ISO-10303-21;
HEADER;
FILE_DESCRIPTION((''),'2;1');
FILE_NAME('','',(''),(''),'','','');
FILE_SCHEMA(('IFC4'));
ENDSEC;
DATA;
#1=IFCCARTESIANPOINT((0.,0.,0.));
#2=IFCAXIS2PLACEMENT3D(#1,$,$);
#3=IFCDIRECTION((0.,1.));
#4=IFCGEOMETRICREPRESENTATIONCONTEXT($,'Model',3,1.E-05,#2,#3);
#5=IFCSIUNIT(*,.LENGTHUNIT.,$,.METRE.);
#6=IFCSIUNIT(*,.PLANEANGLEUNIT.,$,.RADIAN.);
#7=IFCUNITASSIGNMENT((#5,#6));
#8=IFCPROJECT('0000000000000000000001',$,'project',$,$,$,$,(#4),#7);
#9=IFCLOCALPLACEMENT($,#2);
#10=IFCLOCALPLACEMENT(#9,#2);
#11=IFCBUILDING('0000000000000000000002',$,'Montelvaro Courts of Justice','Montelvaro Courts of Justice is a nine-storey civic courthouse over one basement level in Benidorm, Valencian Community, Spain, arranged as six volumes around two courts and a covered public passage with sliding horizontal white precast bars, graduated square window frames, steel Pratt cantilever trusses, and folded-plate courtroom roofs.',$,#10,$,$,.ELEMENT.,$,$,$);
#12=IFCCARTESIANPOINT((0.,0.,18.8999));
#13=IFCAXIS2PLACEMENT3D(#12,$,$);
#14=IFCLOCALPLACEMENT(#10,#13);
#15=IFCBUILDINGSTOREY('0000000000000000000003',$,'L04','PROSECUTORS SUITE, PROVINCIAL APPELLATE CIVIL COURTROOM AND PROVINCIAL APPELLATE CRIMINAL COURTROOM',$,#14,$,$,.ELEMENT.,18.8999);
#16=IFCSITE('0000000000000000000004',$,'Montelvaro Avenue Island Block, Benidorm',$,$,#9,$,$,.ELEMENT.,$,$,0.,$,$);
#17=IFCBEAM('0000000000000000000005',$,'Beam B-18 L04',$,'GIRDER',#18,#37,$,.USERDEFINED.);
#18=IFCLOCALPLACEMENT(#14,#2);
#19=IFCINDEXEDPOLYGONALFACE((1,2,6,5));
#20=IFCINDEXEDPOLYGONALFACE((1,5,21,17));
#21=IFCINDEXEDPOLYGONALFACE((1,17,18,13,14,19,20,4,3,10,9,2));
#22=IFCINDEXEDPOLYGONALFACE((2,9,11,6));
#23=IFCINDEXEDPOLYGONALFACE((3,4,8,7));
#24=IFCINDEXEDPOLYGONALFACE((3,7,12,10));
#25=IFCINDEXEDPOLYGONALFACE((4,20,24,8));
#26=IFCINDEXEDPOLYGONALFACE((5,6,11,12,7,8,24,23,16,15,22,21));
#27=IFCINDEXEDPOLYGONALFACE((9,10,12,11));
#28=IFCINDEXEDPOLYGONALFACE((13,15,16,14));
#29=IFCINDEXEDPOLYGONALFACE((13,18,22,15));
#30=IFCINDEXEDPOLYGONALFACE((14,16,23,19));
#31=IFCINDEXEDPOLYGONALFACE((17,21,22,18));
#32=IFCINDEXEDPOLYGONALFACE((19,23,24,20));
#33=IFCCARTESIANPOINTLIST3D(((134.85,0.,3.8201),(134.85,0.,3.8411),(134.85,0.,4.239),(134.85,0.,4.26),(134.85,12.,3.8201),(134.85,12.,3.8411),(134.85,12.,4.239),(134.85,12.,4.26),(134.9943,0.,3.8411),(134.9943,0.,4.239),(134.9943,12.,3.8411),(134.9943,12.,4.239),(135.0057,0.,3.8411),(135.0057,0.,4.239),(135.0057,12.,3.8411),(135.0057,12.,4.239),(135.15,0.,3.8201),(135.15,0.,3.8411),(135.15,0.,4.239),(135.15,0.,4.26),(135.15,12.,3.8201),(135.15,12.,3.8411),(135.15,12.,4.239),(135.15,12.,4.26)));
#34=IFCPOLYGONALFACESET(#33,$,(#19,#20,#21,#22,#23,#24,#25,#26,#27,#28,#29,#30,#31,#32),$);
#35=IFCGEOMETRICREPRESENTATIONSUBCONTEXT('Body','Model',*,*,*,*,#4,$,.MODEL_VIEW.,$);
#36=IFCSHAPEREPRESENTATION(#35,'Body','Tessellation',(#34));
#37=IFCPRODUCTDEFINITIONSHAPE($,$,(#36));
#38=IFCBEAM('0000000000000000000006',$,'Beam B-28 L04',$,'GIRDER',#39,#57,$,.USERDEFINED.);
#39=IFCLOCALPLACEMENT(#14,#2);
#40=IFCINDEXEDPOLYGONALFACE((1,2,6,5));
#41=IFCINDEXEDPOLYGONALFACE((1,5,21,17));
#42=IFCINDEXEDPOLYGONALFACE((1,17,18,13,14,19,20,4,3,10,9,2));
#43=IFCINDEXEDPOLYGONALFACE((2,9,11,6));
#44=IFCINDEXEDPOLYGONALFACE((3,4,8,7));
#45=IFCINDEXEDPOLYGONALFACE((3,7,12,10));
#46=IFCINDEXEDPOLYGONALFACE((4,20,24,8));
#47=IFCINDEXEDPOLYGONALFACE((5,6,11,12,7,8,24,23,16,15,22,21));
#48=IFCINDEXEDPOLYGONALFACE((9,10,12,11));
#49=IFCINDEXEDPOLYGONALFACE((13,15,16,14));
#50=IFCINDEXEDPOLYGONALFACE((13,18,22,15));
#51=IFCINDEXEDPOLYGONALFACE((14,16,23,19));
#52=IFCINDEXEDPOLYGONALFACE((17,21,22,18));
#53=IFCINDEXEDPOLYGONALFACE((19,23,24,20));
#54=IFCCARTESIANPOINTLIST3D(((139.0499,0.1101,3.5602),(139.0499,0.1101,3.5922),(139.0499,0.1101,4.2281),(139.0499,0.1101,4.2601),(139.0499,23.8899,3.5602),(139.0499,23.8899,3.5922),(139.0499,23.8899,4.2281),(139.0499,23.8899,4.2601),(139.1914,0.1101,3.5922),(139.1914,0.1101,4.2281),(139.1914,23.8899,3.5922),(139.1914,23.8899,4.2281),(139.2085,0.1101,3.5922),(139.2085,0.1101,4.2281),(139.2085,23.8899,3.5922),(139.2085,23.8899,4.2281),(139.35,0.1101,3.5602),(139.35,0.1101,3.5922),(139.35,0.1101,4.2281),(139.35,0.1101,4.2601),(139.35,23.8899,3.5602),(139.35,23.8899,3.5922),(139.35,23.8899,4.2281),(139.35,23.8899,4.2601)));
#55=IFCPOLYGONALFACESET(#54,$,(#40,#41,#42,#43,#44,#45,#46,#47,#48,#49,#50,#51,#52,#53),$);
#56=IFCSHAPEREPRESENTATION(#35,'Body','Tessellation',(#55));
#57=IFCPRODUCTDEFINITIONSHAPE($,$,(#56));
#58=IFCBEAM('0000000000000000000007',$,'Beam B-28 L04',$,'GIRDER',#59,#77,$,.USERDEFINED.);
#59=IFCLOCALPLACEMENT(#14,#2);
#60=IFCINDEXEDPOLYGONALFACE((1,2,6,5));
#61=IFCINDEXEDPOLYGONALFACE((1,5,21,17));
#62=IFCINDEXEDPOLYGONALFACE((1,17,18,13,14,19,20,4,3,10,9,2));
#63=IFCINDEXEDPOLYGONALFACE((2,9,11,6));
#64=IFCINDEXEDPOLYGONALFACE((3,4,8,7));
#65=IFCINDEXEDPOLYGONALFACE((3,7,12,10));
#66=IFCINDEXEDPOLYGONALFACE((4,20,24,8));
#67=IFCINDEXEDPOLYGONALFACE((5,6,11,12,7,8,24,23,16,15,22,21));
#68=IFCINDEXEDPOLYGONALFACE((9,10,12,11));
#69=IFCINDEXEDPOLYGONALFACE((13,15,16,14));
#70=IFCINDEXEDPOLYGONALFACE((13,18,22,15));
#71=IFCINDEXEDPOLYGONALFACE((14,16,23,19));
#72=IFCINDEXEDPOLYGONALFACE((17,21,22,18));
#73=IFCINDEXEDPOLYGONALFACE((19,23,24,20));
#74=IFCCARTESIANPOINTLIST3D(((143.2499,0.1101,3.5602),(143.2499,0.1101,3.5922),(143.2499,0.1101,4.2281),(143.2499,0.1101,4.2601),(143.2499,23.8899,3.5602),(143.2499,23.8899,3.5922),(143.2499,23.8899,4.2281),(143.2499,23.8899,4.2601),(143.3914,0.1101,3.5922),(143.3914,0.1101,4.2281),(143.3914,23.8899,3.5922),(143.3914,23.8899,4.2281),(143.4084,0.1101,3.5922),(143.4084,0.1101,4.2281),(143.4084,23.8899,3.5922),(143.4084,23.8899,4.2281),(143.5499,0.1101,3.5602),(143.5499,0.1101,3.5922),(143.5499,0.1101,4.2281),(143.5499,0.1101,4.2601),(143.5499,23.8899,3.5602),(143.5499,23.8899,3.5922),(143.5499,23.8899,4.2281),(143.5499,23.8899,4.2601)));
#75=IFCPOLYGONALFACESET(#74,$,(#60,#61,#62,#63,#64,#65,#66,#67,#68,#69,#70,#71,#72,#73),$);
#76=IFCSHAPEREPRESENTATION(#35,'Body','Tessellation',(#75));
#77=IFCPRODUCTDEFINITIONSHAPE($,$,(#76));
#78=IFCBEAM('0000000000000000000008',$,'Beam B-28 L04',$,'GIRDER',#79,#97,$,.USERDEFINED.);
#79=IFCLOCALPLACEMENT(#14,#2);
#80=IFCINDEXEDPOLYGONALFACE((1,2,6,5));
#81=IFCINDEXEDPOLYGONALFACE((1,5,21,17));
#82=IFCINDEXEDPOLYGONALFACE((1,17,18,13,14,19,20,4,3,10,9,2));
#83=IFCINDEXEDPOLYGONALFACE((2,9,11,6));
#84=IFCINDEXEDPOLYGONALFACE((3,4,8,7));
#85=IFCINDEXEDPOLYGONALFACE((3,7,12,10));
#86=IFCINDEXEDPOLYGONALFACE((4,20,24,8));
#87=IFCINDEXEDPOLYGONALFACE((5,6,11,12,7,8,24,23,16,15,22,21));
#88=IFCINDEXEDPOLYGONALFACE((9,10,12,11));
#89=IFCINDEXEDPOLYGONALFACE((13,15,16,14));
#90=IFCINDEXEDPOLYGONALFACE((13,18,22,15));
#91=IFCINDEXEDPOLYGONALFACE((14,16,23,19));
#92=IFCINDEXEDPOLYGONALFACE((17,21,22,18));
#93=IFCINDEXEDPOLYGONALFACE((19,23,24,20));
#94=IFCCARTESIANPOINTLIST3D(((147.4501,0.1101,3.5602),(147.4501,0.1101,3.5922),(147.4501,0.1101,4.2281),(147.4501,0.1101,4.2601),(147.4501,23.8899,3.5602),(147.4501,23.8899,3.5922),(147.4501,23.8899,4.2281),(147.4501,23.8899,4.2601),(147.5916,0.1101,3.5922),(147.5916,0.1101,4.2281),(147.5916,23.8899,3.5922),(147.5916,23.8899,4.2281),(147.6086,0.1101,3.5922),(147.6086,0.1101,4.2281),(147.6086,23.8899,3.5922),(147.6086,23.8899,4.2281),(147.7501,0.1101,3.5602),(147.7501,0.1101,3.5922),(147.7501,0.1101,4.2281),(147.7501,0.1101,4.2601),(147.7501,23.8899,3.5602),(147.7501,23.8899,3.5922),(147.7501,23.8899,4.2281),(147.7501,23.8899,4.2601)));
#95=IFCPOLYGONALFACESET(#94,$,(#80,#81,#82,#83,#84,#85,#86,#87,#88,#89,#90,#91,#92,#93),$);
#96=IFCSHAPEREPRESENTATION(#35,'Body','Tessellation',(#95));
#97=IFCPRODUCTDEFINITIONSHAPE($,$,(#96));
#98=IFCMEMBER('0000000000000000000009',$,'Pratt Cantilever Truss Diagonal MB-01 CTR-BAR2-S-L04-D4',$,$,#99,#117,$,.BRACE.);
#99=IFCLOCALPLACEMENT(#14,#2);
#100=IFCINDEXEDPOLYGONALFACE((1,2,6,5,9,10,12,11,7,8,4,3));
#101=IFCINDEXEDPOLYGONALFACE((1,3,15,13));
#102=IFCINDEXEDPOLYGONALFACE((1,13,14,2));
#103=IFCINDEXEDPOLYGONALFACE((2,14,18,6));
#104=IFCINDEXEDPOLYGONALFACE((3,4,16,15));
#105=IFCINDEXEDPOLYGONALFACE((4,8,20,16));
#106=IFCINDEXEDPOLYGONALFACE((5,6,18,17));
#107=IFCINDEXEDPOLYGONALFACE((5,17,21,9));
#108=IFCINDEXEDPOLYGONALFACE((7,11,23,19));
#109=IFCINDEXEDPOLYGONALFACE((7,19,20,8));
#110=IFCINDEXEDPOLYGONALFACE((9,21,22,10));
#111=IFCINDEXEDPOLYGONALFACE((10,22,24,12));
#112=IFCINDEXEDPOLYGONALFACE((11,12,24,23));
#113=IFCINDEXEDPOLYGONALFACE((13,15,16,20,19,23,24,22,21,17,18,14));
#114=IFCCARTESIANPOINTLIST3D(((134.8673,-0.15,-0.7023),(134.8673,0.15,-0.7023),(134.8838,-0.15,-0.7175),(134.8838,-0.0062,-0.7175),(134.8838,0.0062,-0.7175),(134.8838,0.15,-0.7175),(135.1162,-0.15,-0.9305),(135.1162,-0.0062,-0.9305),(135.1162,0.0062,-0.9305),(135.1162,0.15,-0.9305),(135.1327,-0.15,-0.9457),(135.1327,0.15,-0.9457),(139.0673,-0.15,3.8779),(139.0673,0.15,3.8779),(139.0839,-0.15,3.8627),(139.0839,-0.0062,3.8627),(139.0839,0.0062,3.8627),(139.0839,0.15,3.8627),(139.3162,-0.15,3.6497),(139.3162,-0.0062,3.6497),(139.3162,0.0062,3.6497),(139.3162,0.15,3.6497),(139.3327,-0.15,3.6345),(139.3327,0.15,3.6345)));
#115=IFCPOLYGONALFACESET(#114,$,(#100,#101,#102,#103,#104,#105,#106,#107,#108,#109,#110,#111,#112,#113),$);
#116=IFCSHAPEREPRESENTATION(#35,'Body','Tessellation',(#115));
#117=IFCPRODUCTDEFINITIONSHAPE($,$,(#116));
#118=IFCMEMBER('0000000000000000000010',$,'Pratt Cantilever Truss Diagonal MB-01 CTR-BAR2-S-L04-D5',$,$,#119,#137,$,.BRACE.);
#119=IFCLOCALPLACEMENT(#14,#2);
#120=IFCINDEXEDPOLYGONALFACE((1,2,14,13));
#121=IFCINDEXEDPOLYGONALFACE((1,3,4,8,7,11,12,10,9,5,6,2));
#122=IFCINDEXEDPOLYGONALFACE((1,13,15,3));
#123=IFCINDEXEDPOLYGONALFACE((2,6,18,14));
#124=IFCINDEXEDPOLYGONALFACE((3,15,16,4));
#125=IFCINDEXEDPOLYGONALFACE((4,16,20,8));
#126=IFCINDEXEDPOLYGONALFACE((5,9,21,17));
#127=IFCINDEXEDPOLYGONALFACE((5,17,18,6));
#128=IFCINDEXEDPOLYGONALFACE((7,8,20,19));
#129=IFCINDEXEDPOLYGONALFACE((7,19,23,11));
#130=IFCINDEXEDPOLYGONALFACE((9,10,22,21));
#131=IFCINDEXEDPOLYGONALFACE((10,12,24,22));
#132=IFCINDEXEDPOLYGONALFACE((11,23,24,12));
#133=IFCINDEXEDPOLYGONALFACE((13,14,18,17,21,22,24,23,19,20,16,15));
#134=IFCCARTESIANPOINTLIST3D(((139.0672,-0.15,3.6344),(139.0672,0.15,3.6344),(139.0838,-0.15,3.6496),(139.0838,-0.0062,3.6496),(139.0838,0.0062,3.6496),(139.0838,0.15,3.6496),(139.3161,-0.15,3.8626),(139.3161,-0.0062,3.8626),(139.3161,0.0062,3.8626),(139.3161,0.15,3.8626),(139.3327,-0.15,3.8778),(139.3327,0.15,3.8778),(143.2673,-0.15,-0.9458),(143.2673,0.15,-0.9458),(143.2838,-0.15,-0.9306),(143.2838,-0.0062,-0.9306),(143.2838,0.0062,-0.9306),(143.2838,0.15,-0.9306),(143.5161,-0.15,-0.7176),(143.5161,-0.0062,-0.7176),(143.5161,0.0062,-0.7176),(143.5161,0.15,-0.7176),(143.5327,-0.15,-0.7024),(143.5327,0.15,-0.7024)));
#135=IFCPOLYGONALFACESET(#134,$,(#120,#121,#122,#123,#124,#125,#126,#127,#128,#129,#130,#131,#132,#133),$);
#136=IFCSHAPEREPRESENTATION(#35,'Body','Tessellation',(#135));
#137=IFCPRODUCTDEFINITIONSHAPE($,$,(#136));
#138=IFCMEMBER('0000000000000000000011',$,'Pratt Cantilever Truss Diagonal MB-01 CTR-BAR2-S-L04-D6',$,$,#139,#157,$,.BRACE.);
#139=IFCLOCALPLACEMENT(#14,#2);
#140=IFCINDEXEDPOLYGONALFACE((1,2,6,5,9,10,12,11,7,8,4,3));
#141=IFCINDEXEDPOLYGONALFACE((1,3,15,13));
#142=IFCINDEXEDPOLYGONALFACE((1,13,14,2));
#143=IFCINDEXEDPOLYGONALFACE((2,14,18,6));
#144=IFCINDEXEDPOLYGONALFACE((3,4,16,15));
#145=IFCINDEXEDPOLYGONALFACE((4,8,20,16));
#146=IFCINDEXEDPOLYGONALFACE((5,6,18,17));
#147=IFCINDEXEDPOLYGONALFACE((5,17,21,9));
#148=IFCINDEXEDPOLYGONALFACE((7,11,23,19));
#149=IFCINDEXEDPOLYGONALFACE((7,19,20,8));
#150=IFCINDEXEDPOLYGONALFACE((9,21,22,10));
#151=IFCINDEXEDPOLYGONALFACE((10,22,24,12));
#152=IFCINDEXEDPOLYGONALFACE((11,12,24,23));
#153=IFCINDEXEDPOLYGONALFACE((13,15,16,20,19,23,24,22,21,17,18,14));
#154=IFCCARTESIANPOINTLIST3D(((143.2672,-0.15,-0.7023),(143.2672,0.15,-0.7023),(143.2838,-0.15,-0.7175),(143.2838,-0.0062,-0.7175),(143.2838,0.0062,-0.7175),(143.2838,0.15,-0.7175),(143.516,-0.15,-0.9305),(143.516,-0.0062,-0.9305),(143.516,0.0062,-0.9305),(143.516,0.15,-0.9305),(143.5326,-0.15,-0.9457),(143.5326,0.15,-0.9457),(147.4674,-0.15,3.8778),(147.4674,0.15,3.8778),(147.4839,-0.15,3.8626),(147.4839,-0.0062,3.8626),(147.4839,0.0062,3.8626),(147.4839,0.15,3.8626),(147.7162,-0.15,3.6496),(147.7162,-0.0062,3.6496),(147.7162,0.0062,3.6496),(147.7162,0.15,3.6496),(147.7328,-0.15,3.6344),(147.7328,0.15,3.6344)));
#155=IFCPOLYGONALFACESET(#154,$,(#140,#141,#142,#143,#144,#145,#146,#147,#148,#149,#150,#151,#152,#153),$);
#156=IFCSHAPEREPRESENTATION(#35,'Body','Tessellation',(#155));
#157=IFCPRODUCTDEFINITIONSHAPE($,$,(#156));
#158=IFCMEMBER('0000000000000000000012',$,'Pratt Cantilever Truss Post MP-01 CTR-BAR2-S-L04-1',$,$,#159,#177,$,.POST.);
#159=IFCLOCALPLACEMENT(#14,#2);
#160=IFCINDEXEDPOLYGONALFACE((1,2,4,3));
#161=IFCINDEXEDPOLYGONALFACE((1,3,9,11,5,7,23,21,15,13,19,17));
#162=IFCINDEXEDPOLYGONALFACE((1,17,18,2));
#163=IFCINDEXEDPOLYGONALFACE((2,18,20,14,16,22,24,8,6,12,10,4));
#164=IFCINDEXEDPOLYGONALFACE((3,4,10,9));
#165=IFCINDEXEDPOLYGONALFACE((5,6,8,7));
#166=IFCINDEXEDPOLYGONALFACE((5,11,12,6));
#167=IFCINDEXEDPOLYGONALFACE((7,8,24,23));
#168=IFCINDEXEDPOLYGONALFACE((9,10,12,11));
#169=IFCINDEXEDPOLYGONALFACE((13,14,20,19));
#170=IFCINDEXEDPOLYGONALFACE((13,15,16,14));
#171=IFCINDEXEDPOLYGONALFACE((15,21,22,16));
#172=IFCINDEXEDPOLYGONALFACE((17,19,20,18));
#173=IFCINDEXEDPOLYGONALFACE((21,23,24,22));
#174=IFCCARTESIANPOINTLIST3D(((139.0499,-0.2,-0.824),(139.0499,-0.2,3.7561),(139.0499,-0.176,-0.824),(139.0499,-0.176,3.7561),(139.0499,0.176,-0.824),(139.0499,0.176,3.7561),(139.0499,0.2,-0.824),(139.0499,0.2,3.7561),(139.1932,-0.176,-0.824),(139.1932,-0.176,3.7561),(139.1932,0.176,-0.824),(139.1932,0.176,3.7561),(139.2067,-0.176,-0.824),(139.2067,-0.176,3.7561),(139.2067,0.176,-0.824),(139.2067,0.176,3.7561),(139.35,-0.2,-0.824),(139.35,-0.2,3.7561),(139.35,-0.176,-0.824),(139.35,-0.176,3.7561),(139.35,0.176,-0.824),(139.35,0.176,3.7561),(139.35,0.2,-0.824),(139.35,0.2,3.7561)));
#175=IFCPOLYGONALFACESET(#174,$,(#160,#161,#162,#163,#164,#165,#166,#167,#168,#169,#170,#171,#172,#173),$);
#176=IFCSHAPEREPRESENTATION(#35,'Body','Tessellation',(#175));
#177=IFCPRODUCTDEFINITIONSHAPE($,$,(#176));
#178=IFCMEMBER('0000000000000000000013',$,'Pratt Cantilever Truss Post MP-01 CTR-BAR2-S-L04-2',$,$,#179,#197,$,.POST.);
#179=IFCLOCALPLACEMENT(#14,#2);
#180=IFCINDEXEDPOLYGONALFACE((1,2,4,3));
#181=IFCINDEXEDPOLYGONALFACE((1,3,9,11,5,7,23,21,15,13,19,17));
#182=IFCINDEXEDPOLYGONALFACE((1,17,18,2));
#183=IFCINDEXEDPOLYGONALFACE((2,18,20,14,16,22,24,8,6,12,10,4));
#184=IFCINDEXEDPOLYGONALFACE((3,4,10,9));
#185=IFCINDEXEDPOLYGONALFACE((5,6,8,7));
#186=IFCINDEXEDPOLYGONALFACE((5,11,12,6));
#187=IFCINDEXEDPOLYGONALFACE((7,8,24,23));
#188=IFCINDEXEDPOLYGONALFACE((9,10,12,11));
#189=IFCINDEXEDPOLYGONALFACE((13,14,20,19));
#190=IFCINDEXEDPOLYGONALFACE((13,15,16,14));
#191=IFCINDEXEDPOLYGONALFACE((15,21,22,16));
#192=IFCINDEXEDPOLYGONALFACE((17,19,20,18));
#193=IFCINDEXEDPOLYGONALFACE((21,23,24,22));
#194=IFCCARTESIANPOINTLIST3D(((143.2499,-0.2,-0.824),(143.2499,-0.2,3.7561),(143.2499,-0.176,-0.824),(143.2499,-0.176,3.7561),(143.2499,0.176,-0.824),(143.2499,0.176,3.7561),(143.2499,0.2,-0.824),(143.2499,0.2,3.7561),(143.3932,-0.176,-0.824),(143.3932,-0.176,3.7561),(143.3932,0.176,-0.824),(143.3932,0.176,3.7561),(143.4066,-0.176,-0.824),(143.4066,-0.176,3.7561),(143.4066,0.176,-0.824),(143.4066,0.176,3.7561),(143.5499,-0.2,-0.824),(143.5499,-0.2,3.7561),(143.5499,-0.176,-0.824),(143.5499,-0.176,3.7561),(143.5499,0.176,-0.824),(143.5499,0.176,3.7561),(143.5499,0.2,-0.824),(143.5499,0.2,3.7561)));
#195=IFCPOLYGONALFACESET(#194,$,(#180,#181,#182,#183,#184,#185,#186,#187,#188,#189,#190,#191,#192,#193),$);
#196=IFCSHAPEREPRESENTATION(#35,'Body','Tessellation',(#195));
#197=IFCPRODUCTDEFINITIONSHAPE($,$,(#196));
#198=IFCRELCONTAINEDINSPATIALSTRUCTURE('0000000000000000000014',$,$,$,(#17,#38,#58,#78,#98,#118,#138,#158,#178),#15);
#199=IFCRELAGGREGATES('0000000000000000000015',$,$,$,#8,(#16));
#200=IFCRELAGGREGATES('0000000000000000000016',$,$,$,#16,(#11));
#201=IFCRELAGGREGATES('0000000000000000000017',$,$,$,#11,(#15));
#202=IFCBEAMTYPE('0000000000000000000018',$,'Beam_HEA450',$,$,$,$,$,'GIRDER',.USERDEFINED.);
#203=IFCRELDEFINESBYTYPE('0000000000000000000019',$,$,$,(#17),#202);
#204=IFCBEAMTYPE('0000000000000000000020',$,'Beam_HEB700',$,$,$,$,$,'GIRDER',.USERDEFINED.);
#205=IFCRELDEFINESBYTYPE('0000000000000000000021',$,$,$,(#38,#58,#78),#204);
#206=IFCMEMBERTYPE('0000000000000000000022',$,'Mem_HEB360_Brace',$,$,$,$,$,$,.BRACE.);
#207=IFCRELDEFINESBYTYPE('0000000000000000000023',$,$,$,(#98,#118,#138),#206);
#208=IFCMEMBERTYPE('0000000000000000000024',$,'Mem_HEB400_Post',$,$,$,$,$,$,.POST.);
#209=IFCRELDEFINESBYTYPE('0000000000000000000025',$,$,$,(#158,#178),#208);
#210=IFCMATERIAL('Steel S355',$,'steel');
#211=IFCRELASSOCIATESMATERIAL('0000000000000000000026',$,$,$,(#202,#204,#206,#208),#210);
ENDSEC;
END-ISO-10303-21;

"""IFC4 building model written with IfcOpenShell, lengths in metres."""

from ifc_helpers import new_model, si_unit, direction, frame, origin, origin_2d, place, context, subcontext, project, spatial, i_section, extrude, material, material_profile, profile_set, type_object, element, save


model = new_model("IFC4")

# Units and contexts
model_context = context("Model", 3, precision=1e-05, world=origin(), true_north=direction((0.0, 1.0)))
body_context = subcontext(model_context, "Body", "Model", "MODEL_VIEW")
ifc_project = project(units=[si_unit("LENGTHUNIT", "METRE"), si_unit("PLANEANGLEUNIT", "RADIAN")], contexts=[model_context])

# Site, building, storey
site_placement = place(None, origin())
site = spatial("IfcSite", under=ifc_project, at=site_placement, Name="Montelvaro Avenue Island Block, Benidorm", CompositionType="ELEMENT", RefElevation=0.0)
building_placement = place(site_placement, origin())
building = spatial("IfcBuilding", under=site, at=building_placement, Name="Montelvaro Courts of Justice", Description="Montelvaro Courts of Justice is a nine-storey civic courthouse over one basement level in Benidorm, Valencian Community, Spain, arranged as six volumes around two courts and a covered public passage with sliding horizontal white precast bars, graduated square window frames, steel Pratt cantilever trusses, and folded-plate courtroom roofs.", CompositionType="ELEMENT")
storey_placement = place(building_placement, frame((0.0, 0.0, 18.8999)))
storey = spatial("IfcBuildingStorey", under=building, at=storey_placement, Name="L04", Description="PROSECUTORS SUITE, PROVINCIAL APPELLATE CIVIL COURTROOM AND PROVINCIAL APPELLATE CRIMINAL COURTROOM", CompositionType="ELEMENT", Elevation=18.8999)

# Beams
ifc_material_1 = material(Name="Steel S355", Category="steel")
ifc_material_profile_1 = material_profile(ifc_material_1, i_section(OverallWidth=0.3, OverallDepth=0.4399, WebThickness=0.0115, FlangeThickness=0.021, at=origin_2d()), Name="HEA 450")
ifc_profile_set_1 = profile_set([ifc_material_profile_1], Name="Steel S355")
beam_type_1 = type_object("IfcBeamType", Name="Beam_HEA450", ElementType="GIRDER", PredefinedType="USERDEFINED", material=ifc_profile_set_1)
beam_placement = place(storey_placement, frame((135.0, 0.0, 4.04), z_axis=(0.0, 1.0, 0.0), x_axis=(-1.0, 0.0, 0.0)))
element("IfcBeam", 1, at=beam_placement, inside=storey, type_object=beam_type_1, Name="Beam B-18 L04", ObjectType="GIRDER", PredefinedType="USERDEFINED", context=body_context, shape_type="SweptSolid", body=[
    extrude(i_section(OverallWidth=0.3, OverallDepth=0.4399, WebThickness=0.0115, FlangeThickness=0.021, at=origin_2d()), origin(), (0.0, 0.0, 1.0), 12.0),
])
ifc_material_profile_2 = material_profile(ifc_material_1, i_section(OverallWidth=0.3, OverallDepth=0.7, WebThickness=0.0171, FlangeThickness=0.032, at=origin_2d()), Name="HEB 700")
ifc_profile_set_2 = profile_set([ifc_material_profile_2], Name="Steel S355")
beam_type_2 = type_object("IfcBeamType", Name="Beam_HEB700", ElementType="GIRDER", PredefinedType="USERDEFINED", material=ifc_profile_set_2)
for number, where, z_axis, x_axis, name in (
    (2, (139.2, 0.1101, 3.9102), (0.0, 1.0, 0.0), (-1.0, 0.0, 0.0), "Beam B-28 L04"),
    (3, (143.3999, 0.1101, 3.9102), (0.0, 1.0, 0.0), (-1.0, 0.0, 0.0), "Beam B-28 L04"),
    (4, (147.6001, 0.1101, 3.9102), (0.0, 1.0, 0.0), (-1.0, 0.0, 0.0), "Beam B-28 L04"),
):
    element("IfcBeam", number, at=place(storey_placement, frame(where, z_axis=z_axis, x_axis=x_axis)), inside=storey, type_object=beam_type_2, Name=name, ObjectType="GIRDER", PredefinedType="USERDEFINED", context=body_context, shape_type="SweptSolid", body=[
        extrude(i_section(OverallWidth=0.3, OverallDepth=0.7, WebThickness=0.0171, FlangeThickness=0.032, at=origin_2d()), origin(), (0.0, 0.0, 1.0), 23.7798),
    ])

# Members
ifc_material_profile_3 = material_profile(ifc_material_1, i_section(OverallWidth=0.3, OverallDepth=0.3601, WebThickness=0.0125, FlangeThickness=0.0225, at=origin_2d()), Name="HEB 360")
ifc_profile_set_3 = profile_set([ifc_material_profile_3], Name="Steel S355")
member_type_1 = type_object("IfcMemberType", Name="Mem_HEB360_Brace", PredefinedType="BRACE", material=ifc_profile_set_3)
for number, where, z_axis, x_axis, name in (
    (5, (135.0, 0.0, -0.824), (0.67586, 0.0, 0.73703), (0.0, 1.0, 0.0), "Pratt Cantilever Truss Diagonal MB-01 CTR-BAR2-S-L04-D4"),
    (6, (139.2, 0.0, 3.7561), (0.67586, 0.0, -0.73703), (0.0, 1.0, 0.0), "Pratt Cantilever Truss Diagonal MB-01 CTR-BAR2-S-L04-D5"),
    (7, (143.3999, 0.0, -0.824), (0.675881, 0.0, 0.737011), (0.0, 1.0, 0.0), "Pratt Cantilever Truss Diagonal MB-01 CTR-BAR2-S-L04-D6"),
):
    element("IfcMember", number, at=place(storey_placement, frame(where, z_axis=z_axis, x_axis=x_axis)), inside=storey, type_object=member_type_1, Name=name, PredefinedType="BRACE", context=body_context, shape_type="SweptSolid", body=[
        extrude(i_section(OverallWidth=0.3, OverallDepth=0.3601, WebThickness=0.0125, FlangeThickness=0.0225, at=origin_2d()), origin(), (0.0, 0.0, 1.0), 6.2144),
    ])
ifc_material_profile_4 = material_profile(ifc_material_1, i_section(OverallWidth=0.3, OverallDepth=0.3999, WebThickness=0.0134, FlangeThickness=0.0239, at=origin_2d()), Name="HEB 400")
ifc_profile_set_4 = profile_set([ifc_material_profile_4], Name="Steel S355")
member_type_2 = type_object("IfcMemberType", Name="Mem_HEB400_Post", PredefinedType="POST", material=ifc_profile_set_4)
for number, where, z_axis, x_axis, name in (
    (8, (139.2, 0.0, -0.824), (0.0, 0.0, 1.0), (1.0, 0.0, 0.0), "Pratt Cantilever Truss Post MP-01 CTR-BAR2-S-L04-1"),
    (9, (143.3999, 0.0, -0.824), (0.0, 0.0, 1.0), (1.0, 0.0, 0.0), "Pratt Cantilever Truss Post MP-01 CTR-BAR2-S-L04-2"),
):
    element("IfcMember", number, at=place(storey_placement, frame(where, z_axis=z_axis, x_axis=x_axis)), inside=storey, type_object=member_type_2, Name=name, PredefinedType="POST", context=body_context, shape_type="SweptSolid", body=[
        extrude(i_section(OverallWidth=0.3, OverallDepth=0.3999, WebThickness=0.0134, FlangeThickness=0.0239, at=origin_2d()), origin(), (0.0, 0.0, 1.0), 4.5801),
    ])

save(model, "model.ifc")
